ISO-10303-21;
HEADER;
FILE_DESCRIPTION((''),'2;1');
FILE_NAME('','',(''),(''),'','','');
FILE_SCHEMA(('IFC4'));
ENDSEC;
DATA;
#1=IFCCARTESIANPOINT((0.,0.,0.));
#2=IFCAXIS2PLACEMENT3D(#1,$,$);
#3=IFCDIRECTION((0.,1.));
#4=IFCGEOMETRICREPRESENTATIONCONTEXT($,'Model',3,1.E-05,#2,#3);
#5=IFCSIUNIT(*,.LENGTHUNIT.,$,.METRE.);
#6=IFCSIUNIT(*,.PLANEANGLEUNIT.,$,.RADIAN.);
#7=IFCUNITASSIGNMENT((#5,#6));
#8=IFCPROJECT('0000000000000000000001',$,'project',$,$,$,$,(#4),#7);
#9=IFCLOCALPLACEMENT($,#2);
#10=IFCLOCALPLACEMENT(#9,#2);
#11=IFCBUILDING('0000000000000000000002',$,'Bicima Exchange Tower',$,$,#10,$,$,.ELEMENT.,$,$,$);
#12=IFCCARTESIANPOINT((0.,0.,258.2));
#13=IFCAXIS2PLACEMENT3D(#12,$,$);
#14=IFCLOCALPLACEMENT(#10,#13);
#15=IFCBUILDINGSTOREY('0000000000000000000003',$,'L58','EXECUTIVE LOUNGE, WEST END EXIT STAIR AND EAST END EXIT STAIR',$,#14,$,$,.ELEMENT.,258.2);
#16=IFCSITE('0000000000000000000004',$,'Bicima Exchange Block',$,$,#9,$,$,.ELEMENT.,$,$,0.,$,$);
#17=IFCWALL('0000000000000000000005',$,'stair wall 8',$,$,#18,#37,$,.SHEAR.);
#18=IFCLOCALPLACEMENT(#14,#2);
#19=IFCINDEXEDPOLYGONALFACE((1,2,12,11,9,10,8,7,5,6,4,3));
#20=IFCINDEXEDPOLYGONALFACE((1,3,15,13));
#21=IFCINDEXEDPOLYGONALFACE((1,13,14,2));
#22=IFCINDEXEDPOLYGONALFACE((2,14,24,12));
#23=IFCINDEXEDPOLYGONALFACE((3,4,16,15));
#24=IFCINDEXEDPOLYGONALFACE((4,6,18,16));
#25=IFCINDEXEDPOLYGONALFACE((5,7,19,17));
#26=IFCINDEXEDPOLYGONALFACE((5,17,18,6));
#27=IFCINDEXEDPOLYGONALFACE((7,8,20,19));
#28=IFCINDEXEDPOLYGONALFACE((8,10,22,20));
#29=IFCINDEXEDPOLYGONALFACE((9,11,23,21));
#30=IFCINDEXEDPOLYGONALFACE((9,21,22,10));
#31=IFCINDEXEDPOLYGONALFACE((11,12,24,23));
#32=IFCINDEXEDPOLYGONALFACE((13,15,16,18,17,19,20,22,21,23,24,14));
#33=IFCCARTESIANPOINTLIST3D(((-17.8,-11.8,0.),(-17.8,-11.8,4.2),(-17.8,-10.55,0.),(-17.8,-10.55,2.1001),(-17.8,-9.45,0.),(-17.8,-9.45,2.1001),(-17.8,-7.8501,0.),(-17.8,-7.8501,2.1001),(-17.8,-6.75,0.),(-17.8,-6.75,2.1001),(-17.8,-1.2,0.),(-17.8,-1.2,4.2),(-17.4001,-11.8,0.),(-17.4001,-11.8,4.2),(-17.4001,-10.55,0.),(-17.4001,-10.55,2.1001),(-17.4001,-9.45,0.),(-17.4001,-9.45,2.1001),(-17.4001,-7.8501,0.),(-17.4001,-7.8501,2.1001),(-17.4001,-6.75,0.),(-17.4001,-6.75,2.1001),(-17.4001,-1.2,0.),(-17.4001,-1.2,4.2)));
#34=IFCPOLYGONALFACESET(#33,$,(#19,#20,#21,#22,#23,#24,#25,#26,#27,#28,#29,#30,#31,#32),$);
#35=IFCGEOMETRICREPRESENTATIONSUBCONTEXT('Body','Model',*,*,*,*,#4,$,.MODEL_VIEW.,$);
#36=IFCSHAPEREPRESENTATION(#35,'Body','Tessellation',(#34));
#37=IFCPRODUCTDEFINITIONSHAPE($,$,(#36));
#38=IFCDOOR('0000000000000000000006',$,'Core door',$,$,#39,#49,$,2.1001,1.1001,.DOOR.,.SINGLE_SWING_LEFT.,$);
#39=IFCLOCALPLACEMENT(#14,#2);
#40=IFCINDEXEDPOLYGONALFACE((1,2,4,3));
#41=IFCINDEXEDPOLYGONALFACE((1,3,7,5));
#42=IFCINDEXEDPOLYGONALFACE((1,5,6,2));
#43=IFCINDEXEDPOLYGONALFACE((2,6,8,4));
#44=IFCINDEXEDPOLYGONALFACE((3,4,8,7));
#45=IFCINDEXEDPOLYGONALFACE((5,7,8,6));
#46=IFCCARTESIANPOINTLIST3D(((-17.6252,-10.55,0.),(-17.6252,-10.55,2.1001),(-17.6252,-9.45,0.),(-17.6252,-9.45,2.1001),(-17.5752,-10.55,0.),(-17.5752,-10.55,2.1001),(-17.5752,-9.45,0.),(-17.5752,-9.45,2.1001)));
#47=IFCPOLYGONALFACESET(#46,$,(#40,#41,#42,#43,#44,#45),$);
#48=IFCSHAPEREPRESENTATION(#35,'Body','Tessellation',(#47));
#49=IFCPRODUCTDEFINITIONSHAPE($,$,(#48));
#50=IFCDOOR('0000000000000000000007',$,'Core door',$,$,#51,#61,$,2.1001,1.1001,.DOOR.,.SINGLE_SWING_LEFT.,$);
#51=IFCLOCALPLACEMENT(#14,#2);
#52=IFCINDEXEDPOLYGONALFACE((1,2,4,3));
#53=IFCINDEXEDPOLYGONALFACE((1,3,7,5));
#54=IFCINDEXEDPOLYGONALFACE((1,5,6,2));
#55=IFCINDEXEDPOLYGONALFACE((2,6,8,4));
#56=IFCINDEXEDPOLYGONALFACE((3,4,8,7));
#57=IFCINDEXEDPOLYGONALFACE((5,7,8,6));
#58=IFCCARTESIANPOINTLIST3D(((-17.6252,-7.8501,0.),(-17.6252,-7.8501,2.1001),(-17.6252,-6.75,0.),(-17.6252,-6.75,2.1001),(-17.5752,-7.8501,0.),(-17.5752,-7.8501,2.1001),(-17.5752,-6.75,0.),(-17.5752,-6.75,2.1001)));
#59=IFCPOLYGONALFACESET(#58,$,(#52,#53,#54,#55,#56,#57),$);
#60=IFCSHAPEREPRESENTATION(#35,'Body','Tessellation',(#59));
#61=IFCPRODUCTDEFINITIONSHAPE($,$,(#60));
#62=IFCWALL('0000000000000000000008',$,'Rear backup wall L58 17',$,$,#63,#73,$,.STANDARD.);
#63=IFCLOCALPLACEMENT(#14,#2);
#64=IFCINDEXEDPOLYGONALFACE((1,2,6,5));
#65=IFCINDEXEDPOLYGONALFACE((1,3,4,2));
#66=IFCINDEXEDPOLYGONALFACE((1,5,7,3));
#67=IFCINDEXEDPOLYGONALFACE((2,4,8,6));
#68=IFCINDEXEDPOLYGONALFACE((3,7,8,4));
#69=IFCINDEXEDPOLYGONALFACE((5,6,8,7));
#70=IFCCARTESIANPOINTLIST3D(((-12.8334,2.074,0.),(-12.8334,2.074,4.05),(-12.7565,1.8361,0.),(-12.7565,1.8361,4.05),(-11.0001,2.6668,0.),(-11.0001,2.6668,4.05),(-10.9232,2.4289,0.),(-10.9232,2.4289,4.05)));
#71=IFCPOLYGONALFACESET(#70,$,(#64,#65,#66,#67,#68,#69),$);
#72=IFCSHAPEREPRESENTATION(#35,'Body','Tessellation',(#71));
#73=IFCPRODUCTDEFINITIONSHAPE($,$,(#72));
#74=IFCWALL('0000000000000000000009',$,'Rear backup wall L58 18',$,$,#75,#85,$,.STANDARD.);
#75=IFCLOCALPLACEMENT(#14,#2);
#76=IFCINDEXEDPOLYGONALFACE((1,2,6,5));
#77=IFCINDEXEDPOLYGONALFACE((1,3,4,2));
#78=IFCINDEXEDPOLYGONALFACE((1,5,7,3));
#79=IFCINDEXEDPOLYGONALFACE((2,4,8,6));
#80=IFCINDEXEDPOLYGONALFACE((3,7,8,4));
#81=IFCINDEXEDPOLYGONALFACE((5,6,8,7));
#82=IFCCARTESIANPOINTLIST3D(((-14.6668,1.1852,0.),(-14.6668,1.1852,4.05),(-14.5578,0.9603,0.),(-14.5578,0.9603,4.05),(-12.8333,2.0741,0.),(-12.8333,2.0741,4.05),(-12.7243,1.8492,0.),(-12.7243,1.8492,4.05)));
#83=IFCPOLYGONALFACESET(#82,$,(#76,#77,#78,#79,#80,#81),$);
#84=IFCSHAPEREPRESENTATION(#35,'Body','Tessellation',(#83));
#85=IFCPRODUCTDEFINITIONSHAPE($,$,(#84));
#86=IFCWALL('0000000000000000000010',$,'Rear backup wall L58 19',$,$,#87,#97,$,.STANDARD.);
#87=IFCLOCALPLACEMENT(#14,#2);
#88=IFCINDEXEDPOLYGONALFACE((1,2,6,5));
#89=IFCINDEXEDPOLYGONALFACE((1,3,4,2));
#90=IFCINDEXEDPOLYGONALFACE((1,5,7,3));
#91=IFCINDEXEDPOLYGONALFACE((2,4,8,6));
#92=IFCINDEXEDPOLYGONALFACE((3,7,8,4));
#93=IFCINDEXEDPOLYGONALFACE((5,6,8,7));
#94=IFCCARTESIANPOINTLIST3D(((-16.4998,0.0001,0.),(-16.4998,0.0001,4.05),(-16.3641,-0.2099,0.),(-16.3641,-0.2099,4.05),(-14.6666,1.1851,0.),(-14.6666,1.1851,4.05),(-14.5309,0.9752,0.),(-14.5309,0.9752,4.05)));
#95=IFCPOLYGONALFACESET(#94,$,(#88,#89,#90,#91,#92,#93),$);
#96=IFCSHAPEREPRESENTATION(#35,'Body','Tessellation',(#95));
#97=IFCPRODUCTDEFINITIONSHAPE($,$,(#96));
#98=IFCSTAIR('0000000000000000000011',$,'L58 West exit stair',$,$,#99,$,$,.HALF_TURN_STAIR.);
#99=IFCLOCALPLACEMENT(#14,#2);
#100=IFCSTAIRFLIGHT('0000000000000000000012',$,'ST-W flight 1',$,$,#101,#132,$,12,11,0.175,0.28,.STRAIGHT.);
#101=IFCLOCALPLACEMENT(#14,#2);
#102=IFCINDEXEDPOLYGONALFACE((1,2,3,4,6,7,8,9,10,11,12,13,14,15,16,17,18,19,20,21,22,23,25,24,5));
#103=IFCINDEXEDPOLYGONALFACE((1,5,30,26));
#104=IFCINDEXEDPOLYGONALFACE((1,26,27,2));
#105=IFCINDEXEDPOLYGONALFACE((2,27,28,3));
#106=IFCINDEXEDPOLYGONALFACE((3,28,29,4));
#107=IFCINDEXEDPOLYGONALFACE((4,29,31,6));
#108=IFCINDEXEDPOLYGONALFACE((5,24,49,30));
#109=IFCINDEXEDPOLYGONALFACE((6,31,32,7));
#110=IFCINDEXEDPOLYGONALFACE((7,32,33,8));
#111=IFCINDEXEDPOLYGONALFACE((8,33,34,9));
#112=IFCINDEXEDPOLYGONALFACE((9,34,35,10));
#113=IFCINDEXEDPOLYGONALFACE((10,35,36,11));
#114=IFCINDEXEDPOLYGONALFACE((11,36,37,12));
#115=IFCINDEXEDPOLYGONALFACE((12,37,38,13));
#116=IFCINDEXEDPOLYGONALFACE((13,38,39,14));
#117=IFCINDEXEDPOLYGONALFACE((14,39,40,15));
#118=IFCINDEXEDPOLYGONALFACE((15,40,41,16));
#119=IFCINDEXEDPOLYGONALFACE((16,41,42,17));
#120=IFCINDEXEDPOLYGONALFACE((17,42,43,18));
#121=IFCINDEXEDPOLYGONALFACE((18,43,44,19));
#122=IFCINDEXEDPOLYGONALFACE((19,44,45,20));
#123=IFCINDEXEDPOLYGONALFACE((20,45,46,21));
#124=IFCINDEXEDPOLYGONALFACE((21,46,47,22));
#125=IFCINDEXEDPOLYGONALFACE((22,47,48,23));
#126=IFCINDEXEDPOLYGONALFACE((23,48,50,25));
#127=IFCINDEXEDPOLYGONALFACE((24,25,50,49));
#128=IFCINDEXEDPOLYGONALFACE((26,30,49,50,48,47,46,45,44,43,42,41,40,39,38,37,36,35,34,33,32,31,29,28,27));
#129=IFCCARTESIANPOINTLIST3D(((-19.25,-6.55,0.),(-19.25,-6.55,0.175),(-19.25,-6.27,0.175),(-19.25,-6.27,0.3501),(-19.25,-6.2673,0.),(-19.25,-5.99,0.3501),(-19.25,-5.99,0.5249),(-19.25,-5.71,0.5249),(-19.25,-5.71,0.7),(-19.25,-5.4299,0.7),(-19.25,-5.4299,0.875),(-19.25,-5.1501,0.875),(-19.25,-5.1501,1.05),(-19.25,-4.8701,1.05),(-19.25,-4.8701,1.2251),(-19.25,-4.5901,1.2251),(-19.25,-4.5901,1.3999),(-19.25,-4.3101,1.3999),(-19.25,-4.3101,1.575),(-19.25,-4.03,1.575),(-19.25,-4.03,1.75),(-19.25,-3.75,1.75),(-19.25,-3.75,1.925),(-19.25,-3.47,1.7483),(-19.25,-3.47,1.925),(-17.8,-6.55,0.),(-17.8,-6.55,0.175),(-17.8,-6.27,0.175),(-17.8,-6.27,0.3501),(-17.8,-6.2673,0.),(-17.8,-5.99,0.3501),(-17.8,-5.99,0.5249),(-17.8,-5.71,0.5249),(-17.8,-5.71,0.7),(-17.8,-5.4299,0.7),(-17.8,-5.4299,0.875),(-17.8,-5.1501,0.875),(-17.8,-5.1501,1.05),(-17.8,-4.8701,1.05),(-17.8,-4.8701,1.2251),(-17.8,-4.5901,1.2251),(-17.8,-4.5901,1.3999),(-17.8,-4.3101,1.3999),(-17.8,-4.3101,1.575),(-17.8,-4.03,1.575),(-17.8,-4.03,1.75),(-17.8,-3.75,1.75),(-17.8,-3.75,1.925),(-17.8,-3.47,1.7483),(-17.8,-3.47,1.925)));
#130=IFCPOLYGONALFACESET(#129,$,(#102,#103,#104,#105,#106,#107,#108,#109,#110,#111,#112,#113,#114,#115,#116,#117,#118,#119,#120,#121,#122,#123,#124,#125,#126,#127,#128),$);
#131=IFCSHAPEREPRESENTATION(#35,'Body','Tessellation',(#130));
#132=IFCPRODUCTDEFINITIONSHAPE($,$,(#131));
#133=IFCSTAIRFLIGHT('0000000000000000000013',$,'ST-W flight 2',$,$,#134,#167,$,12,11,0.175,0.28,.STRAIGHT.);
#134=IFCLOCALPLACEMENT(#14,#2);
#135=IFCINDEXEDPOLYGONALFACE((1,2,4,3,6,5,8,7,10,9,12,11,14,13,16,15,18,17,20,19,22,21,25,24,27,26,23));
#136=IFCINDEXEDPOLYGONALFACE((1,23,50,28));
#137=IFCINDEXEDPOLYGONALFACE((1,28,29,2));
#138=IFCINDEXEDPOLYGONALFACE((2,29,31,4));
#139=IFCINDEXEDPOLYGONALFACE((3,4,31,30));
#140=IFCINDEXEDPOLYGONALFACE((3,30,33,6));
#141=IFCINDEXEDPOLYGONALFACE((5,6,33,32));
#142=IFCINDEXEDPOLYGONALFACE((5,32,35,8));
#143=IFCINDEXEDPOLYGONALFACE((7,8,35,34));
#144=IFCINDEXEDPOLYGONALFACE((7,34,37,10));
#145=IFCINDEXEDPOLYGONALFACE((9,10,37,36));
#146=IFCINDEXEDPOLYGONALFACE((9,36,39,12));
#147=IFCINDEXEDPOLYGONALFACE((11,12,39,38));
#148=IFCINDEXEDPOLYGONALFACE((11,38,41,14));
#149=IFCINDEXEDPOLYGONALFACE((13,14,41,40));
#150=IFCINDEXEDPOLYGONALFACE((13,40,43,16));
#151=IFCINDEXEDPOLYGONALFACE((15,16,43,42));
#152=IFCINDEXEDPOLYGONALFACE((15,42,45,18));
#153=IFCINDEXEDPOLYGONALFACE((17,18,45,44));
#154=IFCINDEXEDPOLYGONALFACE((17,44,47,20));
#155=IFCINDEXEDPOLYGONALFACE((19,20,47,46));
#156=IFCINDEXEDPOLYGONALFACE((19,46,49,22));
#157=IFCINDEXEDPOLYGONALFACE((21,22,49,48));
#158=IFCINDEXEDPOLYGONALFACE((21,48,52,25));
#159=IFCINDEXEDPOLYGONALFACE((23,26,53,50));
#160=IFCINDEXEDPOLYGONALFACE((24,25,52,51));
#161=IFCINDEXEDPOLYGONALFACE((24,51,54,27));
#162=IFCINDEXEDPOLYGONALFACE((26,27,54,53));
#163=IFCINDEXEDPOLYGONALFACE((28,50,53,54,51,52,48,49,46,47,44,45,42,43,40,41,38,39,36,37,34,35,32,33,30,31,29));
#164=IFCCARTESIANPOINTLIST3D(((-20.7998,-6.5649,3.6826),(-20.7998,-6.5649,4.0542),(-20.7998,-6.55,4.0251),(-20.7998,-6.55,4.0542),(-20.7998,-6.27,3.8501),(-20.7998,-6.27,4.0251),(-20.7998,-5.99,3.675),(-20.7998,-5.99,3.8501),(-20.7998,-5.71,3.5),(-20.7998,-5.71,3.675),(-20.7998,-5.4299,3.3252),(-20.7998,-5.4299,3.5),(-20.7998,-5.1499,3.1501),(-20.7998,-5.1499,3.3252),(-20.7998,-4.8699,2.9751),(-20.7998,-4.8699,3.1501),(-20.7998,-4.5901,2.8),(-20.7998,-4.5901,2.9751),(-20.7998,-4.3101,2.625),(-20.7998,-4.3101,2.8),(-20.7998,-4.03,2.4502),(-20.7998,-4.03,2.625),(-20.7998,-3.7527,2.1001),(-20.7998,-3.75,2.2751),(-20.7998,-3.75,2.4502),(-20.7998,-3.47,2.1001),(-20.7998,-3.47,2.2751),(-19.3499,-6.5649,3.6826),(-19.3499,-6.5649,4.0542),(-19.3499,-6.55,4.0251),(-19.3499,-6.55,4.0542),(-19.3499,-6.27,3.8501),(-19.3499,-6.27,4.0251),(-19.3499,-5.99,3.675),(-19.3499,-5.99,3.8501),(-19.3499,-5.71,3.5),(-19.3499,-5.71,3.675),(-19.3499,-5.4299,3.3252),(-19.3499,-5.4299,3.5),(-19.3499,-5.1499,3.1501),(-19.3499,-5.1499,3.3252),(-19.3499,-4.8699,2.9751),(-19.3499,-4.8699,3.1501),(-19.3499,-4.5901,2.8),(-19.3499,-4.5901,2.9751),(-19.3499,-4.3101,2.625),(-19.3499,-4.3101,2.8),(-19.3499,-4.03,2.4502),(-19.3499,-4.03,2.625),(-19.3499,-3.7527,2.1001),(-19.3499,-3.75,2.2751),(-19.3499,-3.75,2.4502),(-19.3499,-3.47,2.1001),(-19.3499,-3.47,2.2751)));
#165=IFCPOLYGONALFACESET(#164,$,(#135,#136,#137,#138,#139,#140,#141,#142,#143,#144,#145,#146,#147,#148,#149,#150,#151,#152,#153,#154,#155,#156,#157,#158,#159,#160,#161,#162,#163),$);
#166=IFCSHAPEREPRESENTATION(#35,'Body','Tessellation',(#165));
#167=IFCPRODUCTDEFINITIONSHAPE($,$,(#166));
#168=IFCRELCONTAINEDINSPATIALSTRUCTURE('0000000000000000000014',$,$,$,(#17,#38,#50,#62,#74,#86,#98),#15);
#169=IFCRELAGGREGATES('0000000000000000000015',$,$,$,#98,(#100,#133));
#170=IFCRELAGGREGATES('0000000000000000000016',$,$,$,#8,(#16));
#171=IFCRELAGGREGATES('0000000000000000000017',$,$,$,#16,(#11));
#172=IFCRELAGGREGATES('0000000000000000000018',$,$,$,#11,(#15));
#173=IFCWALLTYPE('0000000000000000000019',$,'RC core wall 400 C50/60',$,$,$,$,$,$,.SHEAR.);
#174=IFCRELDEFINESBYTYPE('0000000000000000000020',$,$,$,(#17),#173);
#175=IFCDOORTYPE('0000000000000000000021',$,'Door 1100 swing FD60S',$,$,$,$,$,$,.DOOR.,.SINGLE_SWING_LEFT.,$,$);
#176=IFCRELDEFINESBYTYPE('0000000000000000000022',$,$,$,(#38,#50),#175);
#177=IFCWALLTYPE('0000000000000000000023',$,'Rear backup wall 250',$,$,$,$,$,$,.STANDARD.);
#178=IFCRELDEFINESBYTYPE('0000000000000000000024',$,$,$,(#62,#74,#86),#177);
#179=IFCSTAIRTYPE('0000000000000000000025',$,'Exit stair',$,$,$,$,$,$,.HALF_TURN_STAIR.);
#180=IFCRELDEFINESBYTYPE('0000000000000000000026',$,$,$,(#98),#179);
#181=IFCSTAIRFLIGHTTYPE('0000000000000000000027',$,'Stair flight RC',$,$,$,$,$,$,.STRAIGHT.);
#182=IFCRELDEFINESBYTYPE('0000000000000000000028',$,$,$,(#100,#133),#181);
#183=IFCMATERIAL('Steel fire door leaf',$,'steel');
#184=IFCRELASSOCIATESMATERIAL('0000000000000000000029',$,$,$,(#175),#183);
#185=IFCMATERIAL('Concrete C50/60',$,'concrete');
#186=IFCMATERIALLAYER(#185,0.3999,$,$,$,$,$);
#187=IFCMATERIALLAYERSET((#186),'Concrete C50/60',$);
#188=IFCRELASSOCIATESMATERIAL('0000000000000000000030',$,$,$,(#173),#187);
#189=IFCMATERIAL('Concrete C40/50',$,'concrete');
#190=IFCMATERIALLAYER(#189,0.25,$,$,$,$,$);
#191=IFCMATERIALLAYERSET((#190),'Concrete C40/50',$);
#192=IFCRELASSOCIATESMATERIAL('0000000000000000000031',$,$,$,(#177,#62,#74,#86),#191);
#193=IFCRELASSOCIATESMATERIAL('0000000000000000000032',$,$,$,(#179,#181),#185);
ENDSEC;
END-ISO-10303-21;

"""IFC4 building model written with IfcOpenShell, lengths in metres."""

from ifc_helpers import new_model, si_unit, direction, frame, frame_2d, origin, place, context, subcontext, project, spatial, polyline, rectangle, outline, extrude, material, layer, layer_set, layer_usage, type_object, element, fill, aggregate, save


model = new_model("IFC4")

# Units and contexts
model_context = context("Model", 3, precision=1e-05, world=origin(), true_north=direction((0.0, 1.0)))
body_context = subcontext(model_context, "Body", "Model", "MODEL_VIEW")
ifc_project = project(units=[si_unit("LENGTHUNIT", "METRE"), si_unit("PLANEANGLEUNIT", "RADIAN")], contexts=[model_context])

# Site, building, storey
site_placement = place(None, origin())
site = spatial("IfcSite", under=ifc_project, at=site_placement, Name="Bicima Exchange Block", CompositionType="ELEMENT", RefElevation=0.0)
building_placement = place(site_placement, origin())
building = spatial("IfcBuilding", under=site, at=building_placement, Name="Bicima Exchange Tower", CompositionType="ELEMENT")
storey_placement = place(building_placement, frame((0.0, 0.0, 258.2)))
storey = spatial("IfcBuildingStorey", under=building, at=storey_placement, Name="L58", Description="EXECUTIVE LOUNGE, WEST END EXIT STAIR AND EAST END EXIT STAIR", CompositionType="ELEMENT", Elevation=258.2)

# Shared definitions
ifc_material_1 = material(Name="Concrete C40/50", Category="concrete")

# Shared definitions
ifc_material_2 = material(Name="Steel fire door leaf", Category="steel")

# Shared definitions
door_type_1 = type_object("IfcDoorType", Name="Door 1100 swing FD60S", OperationType="SINGLE_SWING_LEFT", PredefinedType="DOOR", material=ifc_material_2)

# Wall, openings, doors
ifc_material_3 = material(Name="Concrete C50/60", Category="concrete")
ifc_layer_1 = layer(ifc_material_3, 0.3999)
ifc_layer_set_1 = layer_set([ifc_layer_1], Name="Concrete C50/60")
wall_type_1 = type_object("IfcWallType", Name="RC core wall 400 C50/60", PredefinedType="SHEAR", material=ifc_layer_set_1)
wall_1_placement = place(storey_placement, frame((-17.6001, -11.8, 0.0), z_axis=(0.0, 0.0, 1.0), x_axis=(0.0, 1.0, 0.0)))
wall_1 = element("IfcWall", 1, at=wall_1_placement, inside=storey, type_object=wall_type_1, Name="stair wall 8", PredefinedType="SHEAR", context=body_context, shape_type="SweptSolid", body=[
    extrude(rectangle(XDim=10.6001, YDim=0.3999, at=frame_2d((5.3, 0.0))), origin(), (0.0, 0.0, 1.0), 4.2),
])
opening_1_placement = place(wall_1_placement, frame((1.25, 0.0, 0.0)))
opening_1 = element("IfcOpeningElement", 2, at=opening_1_placement, cuts=wall_1, PredefinedType="OPENING", context=body_context, shape_type="SweptSolid", body=[
    extrude(rectangle(XDim=1.1001, YDim=2.1001, at=frame_2d((0.55, 1.05))), frame((0.0, 0.2119, 0.0), z_axis=(0.0, -1.0, 0.0), x_axis=(1.0, 0.0, 0.0)), (0.0, 0.0, 1.0), 0.4238),
])
opening_2_placement = place(wall_1_placement, frame((3.95, 0.0, 0.0)))
opening_2 = element("IfcOpeningElement", 3, at=opening_2_placement, cuts=wall_1, PredefinedType="OPENING", context=body_context, shape_type="SweptSolid", body=[
    extrude(rectangle(XDim=1.1001, YDim=2.1001, at=frame_2d((0.55, 1.05))), frame((0.0, 0.2119, 0.0), z_axis=(0.0, -1.0, 0.0), x_axis=(1.0, 0.0, 0.0)), (0.0, 0.0, 1.0), 0.4238),
])
door_1_placement = place(opening_1_placement, frame((1.1001, 0.0, 0.0), z_axis=(0.0, 0.0, 1.0), x_axis=(-1.0, 0.0, 0.0)))
door_1 = element("IfcDoor", 4, at=door_1_placement, inside=storey, type_object=door_type_1, Name="Core door", OperationType="SINGLE_SWING_LEFT", OverallHeight=2.1001, OverallWidth=1.1001, PredefinedType="DOOR", context=body_context, shape_type="SweptSolid", body=[
    extrude(rectangle(XDim=1.1001, YDim=2.1001, at=frame_2d((0.55, 1.05))), frame((0.0, 0.0249, 0.0), z_axis=(0.0, -1.0, 0.0), x_axis=(1.0, 0.0, 0.0)), (0.0, 0.0, 1.0), 0.05),
])
fill(opening_1, door_1)
door_2_placement = place(opening_2_placement, frame((1.1001, 0.0, 0.0), z_axis=(0.0, 0.0, 1.0), x_axis=(-1.0, 0.0, 0.0)))
door_2 = element("IfcDoor", 5, at=door_2_placement, inside=storey, type_object=door_type_1, Name="Core door", OperationType="SINGLE_SWING_LEFT", OverallHeight=2.1001, OverallWidth=1.1001, PredefinedType="DOOR", context=body_context, shape_type="SweptSolid", body=[
    extrude(rectangle(XDim=1.1001, YDim=2.1001, at=frame_2d((0.55, 1.05))), frame((0.0, 0.0249, 0.0), z_axis=(0.0, -1.0, 0.0), x_axis=(1.0, 0.0, 0.0)), (0.0, 0.0, 1.0), 0.05),
])
fill(opening_2, door_2)

# Walls
ifc_layer_2 = layer(ifc_material_1, 0.25)
ifc_layer_set_2 = layer_set([ifc_layer_2], Name="Concrete C40/50")
ifc_layer_usage = layer_usage(ifc_layer_set_2, "AXIS2", "POSITIVE", -0.125)
wall_type_2 = type_object("IfcWallType", Name="Rear backup wall 250", PredefinedType="STANDARD", material=ifc_layer_set_2)
wall_2_placement = place(storey_placement, frame((-10.9617, 2.5479, 0.0), z_axis=(0.0, 0.0, 1.0), x_axis=(-0.951496, -0.307662, 0.0)))
element("IfcWall", 6, at=wall_2_placement, inside=storey, type_object=wall_type_2, material=ifc_layer_usage, Name="Rear backup wall L58 17", PredefinedType="STANDARD", context=body_context, shape_type="SweptSolid", body=[
    extrude(rectangle(XDim=1.9268, YDim=0.25, at=frame_2d((0.9634, 0.0))), origin(), (0.0, 0.0, 1.0), 4.05),
])
wall_3_placement = place(storey_placement, frame((-12.7788, 1.9617, 0.0), z_axis=(0.0, 0.0, 1.0), x_axis=(-0.899824, -0.436253, 0.0)))
element("IfcWall", 7, at=wall_3_placement, inside=storey, type_object=wall_type_2, material=ifc_layer_usage, Name="Rear backup wall L58 18", PredefinedType="STANDARD", context=body_context, shape_type="SweptSolid", body=[
    extrude(rectangle(XDim=2.0376, YDim=0.25, at=frame_2d((1.0188, 0.0))), origin(), (0.0, 0.0, 1.0), 4.05),
])
wall_4_placement = place(storey_placement, frame((-14.5989, 1.0801, 0.0), z_axis=(0.0, 0.0, 1.0), x_axis=(-0.839813, -0.542876, 0.0)))
element("IfcWall", 8, at=wall_4_placement, inside=storey, type_object=wall_type_2, material=ifc_layer_usage, Name="Rear backup wall L58 19", PredefinedType="STANDARD", context=body_context, shape_type="SweptSolid", body=[
    extrude(rectangle(XDim=2.1829, YDim=0.25, at=frame_2d((1.0913, 0.0))), origin(), (0.0, 0.0, 1.0), 4.05),
])

# Stair, stair flights
stair_type = type_object("IfcStairType", Name="Exit stair", PredefinedType="HALF_TURN_STAIR", material=ifc_material_3)
stair_placement = place(storey_placement, origin())
stair = element("IfcStair", 9, at=stair_placement, inside=storey, type_object=stair_type, Name="L58 West exit stair", PredefinedType="HALF_TURN_STAIR")
stair_flight_type = type_object("IfcStairFlightType", Name="Stair flight RC", PredefinedType="STRAIGHT", material=ifc_material_3)
stair_flight_1_placement = place(storey_placement, frame((-18.5249, -6.55, 0.0), z_axis=(0.0, 0.0, 1.0), x_axis=(0.0, 1.0, 0.0)))
stair_flight_1 = element("IfcStairFlight", 10, at=stair_flight_1_placement, type_object=stair_flight_type, Name="ST-W flight 1", NumberOfRisers=12, NumberOfTreads=11, PredefinedType="STRAIGHT", RiserHeight=0.175, TreadLength=0.28, context=body_context, shape_type="SweptSolid", body=[
    extrude(outline(polyline([(0.0, 0.0), (0.0, 0.175), (0.28, 0.175), (0.28, 0.3501), (0.5601, 0.3501), (0.5601, 0.5249), (0.8401, 0.5249), (0.8401, 0.7), (1.1201, 0.7), (1.1201, 0.875), (1.3999, 0.875), (1.3999, 1.05), (1.6799, 1.05), (1.6799, 1.2251), (1.96, 1.2251), (1.96, 1.3999), (2.24, 1.3999), (2.24, 1.575), (2.52, 1.575), (2.52, 1.75), (2.8, 1.75), (2.8, 1.925), (3.0801, 1.925), (3.0801, 2.1001), (3.0801, 1.7483), (0.2827, 0.0), (0.0, 0.0)])), frame((0.0, 0.7251, 0.0), z_axis=(0.0, -1.0, 0.0), x_axis=(1.0, 0.0, 0.0)), (0.0, 0.0, 1.0), 1.45),
])
stair_flight_2_placement = place(storey_placement, frame((-20.075, -3.47, 2.1001), z_axis=(0.0, 0.0, 1.0), x_axis=(0.0, -1.0, 0.0)))
stair_flight_2 = element("IfcStairFlight", 11, at=stair_flight_2_placement, type_object=stair_flight_type, Name="ST-W flight 2", NumberOfRisers=12, NumberOfTreads=11, PredefinedType="STRAIGHT", RiserHeight=0.175, TreadLength=0.28, context=body_context, shape_type="SweptSolid", body=[
    extrude(outline(polyline([(0.0, 0.0), (0.0, 0.175), (0.28, 0.175), (0.28, 0.3501), (0.5601, 0.3501), (0.5601, 0.5249), (0.8401, 0.5249), (0.8401, 0.7), (1.1201, 0.7), (1.1201, 0.875), (1.3999, 0.875), (1.3999, 1.05), (1.6799, 1.05), (1.6799, 1.2251), (1.96, 1.2251), (1.96, 1.3999), (2.24, 1.3999), (2.24, 1.575), (2.52, 1.575), (2.52, 1.75), (2.8, 1.75), (2.8, 1.925), (3.0801, 1.925), (3.0801, 1.9541), (3.095, 1.9541), (3.095, 1.5825), (0.2827, 0.0), (0.0, 0.0)])), frame((0.0, 0.7251, 0.0), z_axis=(0.0, -1.0, 0.0), x_axis=(1.0, 0.0, 0.0)), (0.0, 0.0, 1.0), 1.45),
])
aggregate(stair, [stair_flight_1, stair_flight_2])

save(model, "model.ifc")
